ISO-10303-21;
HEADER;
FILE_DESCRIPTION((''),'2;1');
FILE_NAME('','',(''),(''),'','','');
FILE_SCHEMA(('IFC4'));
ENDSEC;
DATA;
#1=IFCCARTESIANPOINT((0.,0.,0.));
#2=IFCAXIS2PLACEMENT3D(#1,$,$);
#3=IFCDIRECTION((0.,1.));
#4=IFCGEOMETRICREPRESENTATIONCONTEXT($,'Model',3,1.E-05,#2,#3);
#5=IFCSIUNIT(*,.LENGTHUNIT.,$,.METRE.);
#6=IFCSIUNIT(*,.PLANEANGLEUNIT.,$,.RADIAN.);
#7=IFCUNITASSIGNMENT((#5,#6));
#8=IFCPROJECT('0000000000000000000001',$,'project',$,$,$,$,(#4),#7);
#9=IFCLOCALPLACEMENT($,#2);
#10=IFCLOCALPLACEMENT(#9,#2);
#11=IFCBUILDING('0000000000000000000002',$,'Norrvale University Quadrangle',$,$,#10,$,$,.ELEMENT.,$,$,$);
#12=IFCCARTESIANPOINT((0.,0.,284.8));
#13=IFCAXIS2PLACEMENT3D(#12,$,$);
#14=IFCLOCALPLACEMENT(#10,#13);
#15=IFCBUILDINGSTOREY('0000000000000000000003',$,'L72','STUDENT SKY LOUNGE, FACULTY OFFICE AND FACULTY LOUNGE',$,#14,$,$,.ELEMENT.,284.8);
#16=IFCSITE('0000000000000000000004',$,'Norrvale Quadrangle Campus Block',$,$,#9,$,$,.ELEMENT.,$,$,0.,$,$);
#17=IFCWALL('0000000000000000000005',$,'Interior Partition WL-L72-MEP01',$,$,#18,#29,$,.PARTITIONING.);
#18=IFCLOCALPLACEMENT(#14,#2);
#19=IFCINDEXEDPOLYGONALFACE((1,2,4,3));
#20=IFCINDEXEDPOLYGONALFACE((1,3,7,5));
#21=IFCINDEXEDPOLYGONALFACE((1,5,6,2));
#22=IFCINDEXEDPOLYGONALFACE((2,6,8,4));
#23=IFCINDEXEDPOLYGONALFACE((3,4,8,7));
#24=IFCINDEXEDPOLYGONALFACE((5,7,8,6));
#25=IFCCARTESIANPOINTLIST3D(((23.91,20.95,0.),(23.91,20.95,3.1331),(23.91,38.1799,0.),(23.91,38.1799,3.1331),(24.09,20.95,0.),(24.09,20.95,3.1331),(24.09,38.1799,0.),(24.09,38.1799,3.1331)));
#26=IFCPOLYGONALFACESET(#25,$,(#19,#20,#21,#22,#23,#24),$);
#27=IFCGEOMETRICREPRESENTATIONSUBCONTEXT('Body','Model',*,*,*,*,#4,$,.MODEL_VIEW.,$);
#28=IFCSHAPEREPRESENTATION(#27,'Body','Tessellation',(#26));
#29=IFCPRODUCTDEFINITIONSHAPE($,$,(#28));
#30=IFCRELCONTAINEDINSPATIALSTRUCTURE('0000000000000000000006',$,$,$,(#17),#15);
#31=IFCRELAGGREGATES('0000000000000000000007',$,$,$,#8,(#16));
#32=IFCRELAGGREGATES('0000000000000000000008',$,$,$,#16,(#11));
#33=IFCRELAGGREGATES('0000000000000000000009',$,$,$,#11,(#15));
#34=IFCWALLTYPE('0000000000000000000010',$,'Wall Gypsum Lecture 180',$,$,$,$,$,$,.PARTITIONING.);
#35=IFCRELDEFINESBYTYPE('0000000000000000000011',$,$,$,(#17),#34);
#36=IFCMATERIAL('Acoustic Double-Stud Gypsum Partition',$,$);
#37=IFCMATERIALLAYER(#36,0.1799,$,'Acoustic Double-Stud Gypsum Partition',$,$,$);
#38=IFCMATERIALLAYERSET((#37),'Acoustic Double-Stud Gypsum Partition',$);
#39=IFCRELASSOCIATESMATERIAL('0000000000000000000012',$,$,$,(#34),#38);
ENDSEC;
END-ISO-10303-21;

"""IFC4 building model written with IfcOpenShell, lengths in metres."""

from ifc_helpers import new_model, si_unit, direction, frame, frame_2d, origin, place, context, subcontext, project, spatial, rectangle, extrude, material, layer, layer_set, type_object, element, save


model = new_model("IFC4")

# Units and contexts
model_context = context("Model", 3, precision=1e-05, world=origin(), true_north=direction((0.0, 1.0)))
body_context = subcontext(model_context, "Body", "Model", "MODEL_VIEW")
ifc_project = project(units=[si_unit("LENGTHUNIT", "METRE"), si_unit("PLANEANGLEUNIT", "RADIAN")], contexts=[model_context])

# Site, building, storey
site_placement = place(None, origin())
site = spatial("IfcSite", under=ifc_project, at=site_placement, Name="Norrvale Quadrangle Campus Block", CompositionType="ELEMENT", RefElevation=0.0)
building_placement = place(site_placement, origin())
building = spatial("IfcBuilding", under=site, at=building_placement, Name="Norrvale University Quadrangle", CompositionType="ELEMENT")
storey_placement = place(building_placement, frame((0.0, 0.0, 284.8)))
storey = spatial("IfcBuildingStorey", under=building, at=storey_placement, Name="L72", Description="STUDENT SKY LOUNGE, FACULTY OFFICE AND FACULTY LOUNGE", CompositionType="ELEMENT", Elevation=284.8)

# Wall
ifc_material_1 = material(Name="Acoustic Double-Stud Gypsum Partition")
ifc_layer_1 = layer(ifc_material_1, 0.1799, Name="Acoustic Double-Stud Gypsum Partition")
ifc_layer_set_1 = layer_set([ifc_layer_1], Name="Acoustic Double-Stud Gypsum Partition")
wall_type_1 = type_object("IfcWallType", Name="Wall Gypsum Lecture 180", PredefinedType="PARTITIONING", material=ifc_layer_set_1)
wall_1_placement = place(storey_placement, frame((24.0, 20.95, 0.0), z_axis=(0.0, 0.0, 1.0), x_axis=(0.0, 1.0, 0.0)))
element("IfcWall", 1, at=wall_1_placement, inside=storey, type_object=wall_type_1, Name="Interior Partition WL-L72-MEP01", PredefinedType="PARTITIONING", context=body_context, shape_type="SweptSolid", body=[
    extrude(rectangle(XDim=17.23, YDim=0.1799, at=frame_2d((8.615, 0.0))), origin(), (0.0, 0.0, 1.0), 3.1331),
])

save(model, "model.ifc")
